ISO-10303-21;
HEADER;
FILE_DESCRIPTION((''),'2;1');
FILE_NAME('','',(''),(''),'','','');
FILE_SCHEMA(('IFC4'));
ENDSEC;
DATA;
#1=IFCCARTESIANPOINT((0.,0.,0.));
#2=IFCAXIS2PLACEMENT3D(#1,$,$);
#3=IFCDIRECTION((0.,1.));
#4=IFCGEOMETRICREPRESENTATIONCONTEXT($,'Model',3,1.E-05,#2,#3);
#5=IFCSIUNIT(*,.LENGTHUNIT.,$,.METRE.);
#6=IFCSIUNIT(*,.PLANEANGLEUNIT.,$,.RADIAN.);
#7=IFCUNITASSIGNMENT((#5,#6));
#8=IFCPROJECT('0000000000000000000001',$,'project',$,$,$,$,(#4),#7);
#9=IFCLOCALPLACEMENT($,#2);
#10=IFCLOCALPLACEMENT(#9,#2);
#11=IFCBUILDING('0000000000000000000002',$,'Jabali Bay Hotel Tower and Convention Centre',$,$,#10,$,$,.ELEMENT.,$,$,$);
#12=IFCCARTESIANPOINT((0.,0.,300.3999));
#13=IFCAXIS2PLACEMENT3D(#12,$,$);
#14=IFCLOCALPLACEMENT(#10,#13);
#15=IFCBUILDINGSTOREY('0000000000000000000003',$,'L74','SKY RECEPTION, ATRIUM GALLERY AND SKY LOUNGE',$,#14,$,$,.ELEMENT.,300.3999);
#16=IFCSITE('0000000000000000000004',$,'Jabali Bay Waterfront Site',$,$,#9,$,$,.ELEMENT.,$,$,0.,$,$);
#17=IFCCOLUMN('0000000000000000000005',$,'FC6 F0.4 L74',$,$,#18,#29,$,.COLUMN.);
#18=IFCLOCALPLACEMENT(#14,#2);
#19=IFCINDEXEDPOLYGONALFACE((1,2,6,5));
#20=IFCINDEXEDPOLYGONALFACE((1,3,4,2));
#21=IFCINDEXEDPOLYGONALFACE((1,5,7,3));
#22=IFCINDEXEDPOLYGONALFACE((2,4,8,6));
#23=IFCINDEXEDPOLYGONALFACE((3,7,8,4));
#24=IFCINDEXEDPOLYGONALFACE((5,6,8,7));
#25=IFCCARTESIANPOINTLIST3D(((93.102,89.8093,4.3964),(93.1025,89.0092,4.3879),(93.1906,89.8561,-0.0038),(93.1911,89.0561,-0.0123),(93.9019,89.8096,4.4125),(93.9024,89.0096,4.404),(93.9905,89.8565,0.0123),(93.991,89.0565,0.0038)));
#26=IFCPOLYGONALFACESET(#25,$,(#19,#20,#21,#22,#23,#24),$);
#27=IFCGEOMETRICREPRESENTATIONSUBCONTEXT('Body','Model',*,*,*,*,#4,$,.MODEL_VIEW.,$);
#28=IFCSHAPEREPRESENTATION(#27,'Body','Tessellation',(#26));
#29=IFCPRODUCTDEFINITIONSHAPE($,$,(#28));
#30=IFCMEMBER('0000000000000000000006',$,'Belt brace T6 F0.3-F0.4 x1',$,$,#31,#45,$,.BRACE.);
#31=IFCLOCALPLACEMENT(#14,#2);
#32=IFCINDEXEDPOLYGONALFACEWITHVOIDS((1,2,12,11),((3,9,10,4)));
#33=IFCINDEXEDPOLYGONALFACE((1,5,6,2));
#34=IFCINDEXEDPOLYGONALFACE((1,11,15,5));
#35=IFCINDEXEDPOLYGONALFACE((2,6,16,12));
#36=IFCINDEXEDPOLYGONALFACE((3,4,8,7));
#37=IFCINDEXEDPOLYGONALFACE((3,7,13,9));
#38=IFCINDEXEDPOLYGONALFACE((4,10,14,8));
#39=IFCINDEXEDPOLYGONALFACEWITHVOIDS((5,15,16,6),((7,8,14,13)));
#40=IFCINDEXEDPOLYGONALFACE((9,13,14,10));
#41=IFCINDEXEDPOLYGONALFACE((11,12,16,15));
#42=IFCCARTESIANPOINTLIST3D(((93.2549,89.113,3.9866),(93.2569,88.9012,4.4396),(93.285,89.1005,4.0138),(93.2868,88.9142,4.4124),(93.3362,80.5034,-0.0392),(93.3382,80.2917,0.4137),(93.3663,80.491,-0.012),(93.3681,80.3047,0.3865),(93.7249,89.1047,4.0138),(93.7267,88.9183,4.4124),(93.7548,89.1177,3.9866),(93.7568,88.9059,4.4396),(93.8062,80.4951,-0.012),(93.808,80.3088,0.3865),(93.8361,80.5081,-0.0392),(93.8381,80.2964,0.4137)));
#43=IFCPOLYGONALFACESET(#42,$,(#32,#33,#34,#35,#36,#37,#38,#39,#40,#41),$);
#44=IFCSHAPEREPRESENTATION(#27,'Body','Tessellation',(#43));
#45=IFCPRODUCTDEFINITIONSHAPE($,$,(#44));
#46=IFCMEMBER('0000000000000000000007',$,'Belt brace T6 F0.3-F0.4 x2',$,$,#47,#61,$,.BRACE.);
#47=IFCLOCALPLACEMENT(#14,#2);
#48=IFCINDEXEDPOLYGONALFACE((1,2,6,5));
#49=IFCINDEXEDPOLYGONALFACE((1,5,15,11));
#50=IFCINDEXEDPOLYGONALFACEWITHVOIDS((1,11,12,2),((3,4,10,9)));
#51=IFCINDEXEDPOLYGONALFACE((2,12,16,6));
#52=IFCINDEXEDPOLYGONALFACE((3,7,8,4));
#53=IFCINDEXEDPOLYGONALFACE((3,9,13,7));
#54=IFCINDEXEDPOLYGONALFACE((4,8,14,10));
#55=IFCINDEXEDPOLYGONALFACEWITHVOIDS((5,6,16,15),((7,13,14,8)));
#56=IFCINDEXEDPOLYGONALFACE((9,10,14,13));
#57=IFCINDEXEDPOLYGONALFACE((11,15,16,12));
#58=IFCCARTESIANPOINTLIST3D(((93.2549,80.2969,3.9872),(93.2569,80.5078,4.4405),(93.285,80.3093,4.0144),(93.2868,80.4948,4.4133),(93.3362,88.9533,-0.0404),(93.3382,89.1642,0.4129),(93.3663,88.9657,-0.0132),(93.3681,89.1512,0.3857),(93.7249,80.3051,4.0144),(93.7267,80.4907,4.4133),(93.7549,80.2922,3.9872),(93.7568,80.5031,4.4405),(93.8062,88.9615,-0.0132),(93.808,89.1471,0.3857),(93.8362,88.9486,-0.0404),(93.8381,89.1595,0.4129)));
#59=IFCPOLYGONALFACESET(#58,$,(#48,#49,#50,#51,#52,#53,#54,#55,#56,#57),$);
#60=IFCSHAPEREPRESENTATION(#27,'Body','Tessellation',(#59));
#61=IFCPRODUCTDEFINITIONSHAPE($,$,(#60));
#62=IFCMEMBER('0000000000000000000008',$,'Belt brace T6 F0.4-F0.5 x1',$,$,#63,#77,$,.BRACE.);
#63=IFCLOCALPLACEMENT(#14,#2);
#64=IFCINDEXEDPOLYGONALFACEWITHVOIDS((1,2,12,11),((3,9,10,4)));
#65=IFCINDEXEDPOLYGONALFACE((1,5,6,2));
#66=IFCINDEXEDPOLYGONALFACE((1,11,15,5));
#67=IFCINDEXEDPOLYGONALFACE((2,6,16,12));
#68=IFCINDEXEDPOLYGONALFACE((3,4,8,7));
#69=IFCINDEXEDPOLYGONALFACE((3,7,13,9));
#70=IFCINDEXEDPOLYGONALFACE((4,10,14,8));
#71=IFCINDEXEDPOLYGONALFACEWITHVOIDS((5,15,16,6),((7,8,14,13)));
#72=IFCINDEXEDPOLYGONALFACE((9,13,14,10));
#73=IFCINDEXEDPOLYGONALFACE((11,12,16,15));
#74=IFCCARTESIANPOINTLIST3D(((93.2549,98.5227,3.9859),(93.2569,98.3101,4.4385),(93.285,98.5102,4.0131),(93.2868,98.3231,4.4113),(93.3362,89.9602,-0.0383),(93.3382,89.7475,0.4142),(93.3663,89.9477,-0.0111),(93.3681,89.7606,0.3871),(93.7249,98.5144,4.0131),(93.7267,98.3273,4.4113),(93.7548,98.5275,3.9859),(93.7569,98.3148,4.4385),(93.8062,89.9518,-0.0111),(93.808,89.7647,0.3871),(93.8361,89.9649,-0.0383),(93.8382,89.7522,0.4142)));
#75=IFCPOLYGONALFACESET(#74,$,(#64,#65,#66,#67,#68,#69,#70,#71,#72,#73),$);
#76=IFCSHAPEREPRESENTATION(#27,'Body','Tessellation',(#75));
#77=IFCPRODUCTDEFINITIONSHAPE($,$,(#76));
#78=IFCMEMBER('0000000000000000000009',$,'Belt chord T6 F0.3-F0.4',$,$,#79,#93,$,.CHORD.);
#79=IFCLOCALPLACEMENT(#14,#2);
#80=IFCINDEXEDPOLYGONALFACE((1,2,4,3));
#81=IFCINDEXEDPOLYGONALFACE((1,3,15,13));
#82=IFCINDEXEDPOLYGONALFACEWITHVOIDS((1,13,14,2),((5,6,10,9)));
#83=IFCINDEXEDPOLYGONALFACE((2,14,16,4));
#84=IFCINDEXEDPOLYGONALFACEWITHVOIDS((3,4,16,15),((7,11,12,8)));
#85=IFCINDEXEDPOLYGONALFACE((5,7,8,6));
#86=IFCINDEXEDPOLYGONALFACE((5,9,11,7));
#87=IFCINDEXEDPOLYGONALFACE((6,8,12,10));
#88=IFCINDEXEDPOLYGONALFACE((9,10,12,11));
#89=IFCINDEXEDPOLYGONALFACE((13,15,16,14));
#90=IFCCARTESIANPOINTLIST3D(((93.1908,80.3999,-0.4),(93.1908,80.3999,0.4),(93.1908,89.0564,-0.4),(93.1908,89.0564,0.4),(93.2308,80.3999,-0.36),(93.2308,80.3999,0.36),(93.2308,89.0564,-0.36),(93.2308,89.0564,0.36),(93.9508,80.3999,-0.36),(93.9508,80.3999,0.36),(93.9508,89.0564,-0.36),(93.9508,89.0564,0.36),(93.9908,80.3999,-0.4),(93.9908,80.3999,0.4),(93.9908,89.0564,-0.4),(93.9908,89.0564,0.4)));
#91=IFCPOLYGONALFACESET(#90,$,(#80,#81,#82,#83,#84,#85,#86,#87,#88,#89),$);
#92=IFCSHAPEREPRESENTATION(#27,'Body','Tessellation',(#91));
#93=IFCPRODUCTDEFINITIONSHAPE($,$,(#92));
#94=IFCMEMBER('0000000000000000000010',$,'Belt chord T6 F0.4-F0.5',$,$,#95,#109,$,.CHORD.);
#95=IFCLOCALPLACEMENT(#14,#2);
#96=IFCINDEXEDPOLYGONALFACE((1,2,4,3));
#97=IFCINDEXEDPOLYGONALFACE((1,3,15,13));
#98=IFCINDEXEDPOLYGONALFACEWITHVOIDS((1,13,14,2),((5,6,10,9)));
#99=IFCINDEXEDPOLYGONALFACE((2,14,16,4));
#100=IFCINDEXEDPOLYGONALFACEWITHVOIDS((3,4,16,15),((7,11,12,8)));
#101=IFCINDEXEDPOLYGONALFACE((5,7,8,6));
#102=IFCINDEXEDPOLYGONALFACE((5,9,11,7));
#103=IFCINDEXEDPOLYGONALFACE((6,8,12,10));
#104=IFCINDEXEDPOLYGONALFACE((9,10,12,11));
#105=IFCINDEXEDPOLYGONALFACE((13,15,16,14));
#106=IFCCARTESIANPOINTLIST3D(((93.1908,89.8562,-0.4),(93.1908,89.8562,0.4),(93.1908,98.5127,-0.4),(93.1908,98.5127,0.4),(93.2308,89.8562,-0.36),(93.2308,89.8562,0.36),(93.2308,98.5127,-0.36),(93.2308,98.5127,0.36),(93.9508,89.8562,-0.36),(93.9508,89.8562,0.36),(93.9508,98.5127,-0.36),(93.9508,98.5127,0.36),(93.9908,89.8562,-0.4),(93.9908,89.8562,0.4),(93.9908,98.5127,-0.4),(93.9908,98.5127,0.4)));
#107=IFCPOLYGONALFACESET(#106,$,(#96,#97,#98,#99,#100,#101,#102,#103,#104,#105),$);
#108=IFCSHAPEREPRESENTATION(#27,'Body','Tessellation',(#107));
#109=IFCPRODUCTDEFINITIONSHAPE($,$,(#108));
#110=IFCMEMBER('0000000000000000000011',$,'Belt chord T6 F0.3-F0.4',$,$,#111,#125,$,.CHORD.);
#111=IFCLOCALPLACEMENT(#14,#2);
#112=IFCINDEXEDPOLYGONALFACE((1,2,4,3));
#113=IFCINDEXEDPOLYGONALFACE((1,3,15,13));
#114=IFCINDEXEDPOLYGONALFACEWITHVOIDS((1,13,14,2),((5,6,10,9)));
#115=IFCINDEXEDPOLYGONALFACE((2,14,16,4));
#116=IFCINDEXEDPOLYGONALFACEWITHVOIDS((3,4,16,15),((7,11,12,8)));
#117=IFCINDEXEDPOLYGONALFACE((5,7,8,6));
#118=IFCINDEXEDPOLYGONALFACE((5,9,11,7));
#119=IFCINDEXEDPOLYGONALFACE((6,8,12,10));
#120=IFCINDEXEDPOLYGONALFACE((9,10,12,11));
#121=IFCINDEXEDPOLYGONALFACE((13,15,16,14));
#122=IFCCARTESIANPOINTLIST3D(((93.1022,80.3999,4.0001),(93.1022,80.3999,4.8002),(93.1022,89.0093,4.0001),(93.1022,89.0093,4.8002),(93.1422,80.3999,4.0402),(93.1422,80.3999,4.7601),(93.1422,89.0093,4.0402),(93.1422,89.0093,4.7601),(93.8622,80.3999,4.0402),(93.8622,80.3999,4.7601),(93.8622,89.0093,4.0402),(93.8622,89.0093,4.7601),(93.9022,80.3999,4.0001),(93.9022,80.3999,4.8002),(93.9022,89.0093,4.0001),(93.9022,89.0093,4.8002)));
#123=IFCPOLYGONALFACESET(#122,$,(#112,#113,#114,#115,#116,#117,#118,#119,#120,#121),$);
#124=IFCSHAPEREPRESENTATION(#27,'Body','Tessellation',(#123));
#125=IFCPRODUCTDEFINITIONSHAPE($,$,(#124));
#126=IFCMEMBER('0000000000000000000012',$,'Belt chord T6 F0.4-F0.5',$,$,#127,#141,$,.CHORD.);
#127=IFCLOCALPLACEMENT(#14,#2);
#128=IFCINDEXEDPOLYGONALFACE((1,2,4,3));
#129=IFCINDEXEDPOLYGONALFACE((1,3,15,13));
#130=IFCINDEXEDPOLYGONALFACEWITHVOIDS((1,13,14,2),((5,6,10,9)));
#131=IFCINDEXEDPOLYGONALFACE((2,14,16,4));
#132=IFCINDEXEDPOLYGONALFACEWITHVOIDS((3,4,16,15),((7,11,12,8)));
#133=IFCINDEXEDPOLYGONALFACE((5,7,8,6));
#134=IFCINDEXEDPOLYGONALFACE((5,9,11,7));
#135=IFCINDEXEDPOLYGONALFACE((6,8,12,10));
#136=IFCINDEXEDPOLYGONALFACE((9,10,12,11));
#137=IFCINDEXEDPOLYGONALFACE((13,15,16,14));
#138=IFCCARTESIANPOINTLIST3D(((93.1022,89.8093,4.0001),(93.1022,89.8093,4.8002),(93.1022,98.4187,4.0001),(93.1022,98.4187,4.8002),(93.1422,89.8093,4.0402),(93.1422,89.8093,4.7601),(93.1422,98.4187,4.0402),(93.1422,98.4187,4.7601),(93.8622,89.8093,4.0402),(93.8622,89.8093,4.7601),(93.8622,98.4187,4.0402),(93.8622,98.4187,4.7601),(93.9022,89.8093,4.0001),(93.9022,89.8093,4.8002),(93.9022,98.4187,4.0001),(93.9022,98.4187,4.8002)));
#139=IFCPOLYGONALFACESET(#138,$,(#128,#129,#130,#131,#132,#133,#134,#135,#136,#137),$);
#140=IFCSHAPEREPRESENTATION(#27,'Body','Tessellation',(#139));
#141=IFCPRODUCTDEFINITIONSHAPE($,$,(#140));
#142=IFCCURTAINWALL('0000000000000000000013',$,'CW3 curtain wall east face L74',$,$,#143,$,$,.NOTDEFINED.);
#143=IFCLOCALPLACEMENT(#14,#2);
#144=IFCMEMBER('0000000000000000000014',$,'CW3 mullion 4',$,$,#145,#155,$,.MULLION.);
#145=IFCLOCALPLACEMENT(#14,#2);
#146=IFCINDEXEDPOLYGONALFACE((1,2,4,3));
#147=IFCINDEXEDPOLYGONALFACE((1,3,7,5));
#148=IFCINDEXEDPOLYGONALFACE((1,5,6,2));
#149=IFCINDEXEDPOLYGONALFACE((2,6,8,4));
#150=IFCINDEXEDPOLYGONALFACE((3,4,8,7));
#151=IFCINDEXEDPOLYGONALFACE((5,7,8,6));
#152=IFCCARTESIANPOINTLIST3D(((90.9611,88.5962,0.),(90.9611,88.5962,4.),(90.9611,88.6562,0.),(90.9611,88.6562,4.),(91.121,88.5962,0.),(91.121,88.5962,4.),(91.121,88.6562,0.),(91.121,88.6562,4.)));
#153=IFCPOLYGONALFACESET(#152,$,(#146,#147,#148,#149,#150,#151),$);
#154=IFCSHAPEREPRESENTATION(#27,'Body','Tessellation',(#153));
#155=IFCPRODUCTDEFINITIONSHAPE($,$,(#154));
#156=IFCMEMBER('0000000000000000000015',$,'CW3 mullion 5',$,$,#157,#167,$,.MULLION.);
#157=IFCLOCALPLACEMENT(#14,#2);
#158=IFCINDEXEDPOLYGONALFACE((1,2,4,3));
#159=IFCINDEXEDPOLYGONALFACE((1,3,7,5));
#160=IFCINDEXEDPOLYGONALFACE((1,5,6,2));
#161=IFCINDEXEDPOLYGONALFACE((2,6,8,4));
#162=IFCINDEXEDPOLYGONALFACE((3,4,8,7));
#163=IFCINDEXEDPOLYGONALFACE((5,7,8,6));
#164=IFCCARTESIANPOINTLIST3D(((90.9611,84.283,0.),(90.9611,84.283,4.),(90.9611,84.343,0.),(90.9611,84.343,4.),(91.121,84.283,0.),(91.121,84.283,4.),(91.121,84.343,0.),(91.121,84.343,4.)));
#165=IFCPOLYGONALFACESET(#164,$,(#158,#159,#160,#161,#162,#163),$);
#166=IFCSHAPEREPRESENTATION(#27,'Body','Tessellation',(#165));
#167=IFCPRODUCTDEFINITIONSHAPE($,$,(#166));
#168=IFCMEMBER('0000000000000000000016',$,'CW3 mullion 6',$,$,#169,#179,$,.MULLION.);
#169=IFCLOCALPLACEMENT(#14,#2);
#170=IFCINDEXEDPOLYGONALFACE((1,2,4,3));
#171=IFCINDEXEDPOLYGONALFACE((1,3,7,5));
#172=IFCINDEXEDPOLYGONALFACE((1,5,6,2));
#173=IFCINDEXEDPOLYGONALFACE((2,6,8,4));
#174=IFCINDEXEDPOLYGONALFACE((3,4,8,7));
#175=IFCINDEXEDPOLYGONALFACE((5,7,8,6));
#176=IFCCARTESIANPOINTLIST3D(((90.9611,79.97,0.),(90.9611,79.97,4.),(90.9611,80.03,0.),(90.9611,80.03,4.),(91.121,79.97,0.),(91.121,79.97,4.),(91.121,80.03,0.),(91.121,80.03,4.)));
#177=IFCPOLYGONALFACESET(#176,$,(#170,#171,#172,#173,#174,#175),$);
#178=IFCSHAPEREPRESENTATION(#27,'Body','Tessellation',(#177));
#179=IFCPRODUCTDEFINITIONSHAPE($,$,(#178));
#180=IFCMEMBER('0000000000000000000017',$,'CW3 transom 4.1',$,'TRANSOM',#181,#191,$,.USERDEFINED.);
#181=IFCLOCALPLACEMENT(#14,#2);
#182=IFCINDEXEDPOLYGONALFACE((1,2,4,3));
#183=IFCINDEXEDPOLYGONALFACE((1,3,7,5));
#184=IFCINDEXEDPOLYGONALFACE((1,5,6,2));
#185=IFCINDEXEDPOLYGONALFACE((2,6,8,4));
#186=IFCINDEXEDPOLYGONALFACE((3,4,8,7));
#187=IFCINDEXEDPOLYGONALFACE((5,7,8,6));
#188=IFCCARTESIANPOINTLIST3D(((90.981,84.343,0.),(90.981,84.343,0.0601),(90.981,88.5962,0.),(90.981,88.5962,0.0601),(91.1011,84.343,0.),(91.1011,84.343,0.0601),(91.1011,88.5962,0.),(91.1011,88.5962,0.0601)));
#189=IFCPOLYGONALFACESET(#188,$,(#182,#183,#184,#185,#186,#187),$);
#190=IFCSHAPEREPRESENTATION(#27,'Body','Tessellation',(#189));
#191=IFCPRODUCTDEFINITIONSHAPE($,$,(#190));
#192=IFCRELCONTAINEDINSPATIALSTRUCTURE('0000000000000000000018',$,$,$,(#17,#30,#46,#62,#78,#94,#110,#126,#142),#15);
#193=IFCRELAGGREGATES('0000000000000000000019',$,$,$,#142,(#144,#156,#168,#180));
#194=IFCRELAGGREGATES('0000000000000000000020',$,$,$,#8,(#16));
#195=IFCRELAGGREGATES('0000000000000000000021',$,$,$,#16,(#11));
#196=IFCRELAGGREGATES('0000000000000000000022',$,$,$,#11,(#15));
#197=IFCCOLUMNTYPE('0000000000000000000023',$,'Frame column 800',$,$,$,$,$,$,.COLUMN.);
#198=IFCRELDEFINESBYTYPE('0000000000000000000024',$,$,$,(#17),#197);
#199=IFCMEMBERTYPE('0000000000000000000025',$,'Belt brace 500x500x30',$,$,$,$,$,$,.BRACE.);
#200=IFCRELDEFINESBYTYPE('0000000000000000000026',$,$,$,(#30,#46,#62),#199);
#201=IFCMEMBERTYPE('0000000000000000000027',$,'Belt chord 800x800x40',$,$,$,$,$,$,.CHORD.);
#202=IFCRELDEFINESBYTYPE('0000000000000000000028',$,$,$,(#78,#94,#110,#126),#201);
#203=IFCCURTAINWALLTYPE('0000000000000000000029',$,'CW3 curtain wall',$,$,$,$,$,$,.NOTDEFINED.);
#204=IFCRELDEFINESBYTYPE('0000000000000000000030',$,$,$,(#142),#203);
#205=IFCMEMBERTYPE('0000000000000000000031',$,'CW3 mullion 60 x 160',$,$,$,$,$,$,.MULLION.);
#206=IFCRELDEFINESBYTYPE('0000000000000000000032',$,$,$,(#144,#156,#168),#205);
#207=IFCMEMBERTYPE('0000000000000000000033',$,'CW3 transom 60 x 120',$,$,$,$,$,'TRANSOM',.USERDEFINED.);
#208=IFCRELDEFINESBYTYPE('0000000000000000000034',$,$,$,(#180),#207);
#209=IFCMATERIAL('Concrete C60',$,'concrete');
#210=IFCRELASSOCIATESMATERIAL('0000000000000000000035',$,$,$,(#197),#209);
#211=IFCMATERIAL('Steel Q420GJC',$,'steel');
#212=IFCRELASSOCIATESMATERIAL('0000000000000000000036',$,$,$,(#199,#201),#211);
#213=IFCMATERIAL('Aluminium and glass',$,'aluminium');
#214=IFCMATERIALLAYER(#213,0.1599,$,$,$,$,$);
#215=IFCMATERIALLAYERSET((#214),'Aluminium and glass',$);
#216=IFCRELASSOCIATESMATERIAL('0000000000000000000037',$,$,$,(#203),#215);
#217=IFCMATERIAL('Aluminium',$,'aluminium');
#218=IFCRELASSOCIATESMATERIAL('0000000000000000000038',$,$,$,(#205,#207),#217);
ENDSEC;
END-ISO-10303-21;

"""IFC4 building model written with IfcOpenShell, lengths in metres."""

from ifc_helpers import new_model, si_unit, direction, frame, origin, origin_2d, place, context, subcontext, project, spatial, rectangle, hollow_rectangle, extrude, material, layer, layer_set, material_profile, profile_set, type_object, element, aggregate, save


model = new_model("IFC4")

# Units and contexts
model_context = context("Model", 3, precision=1e-05, world=origin(), true_north=direction((0.0, 1.0)))
body_context = subcontext(model_context, "Body", "Model", "MODEL_VIEW")
ifc_project = project(units=[si_unit("LENGTHUNIT", "METRE"), si_unit("PLANEANGLEUNIT", "RADIAN")], contexts=[model_context])

# Site, building, storey
site_placement = place(None, origin())
site = spatial("IfcSite", under=ifc_project, at=site_placement, Name="Jabali Bay Waterfront Site", CompositionType="ELEMENT", RefElevation=0.0)
building_placement = place(site_placement, origin())
building = spatial("IfcBuilding", under=site, at=building_placement, Name="Jabali Bay Hotel Tower and Convention Centre", CompositionType="ELEMENT")
storey_placement = place(building_placement, frame((0.0, 0.0, 300.3999)))
storey = spatial("IfcBuildingStorey", under=building, at=storey_placement, Name="L74", Description="SKY RECEPTION, ATRIUM GALLERY AND SKY LOUNGE", CompositionType="ELEMENT", Elevation=300.3999)

# Column
ifc_material_1 = material(Name="Concrete C60", Category="concrete")
ifc_material_profile_1 = material_profile(ifc_material_1, rectangle(XDim=0.8, YDim=0.8, at=origin_2d()), Name="Frame column 800")
ifc_profile_set_1 = profile_set([ifc_material_profile_1], Name="Concrete C60")
column_type = type_object("IfcColumnType", Name="Frame column 800", PredefinedType="COLUMN", material=ifc_profile_set_1)
column_placement = place(storey_placement, frame((93.5908, 89.4563, 0.0), z_axis=(-0.020136, -0.01065, 0.999741), x_axis=(0.999797, 0.000434, 0.020141)))
element("IfcColumn", 1, at=column_placement, inside=storey, type_object=column_type, Name="FC6 F0.4 L74", PredefinedType="COLUMN", context=body_context, shape_type="SweptSolid", body=[
    extrude(rectangle(XDim=0.8, YDim=0.8, at=origin_2d()), origin(), (0.0, 0.0, 1.0), 4.4014),
])

# Members
ifc_material_2 = material(Name="Steel Q420GJC", Category="steel")
ifc_material_profile_2 = material_profile(ifc_material_2, hollow_rectangle(XDim=0.5, YDim=0.5, WallThickness=0.03, at=origin_2d()), Name="Belt brace 500x500x30")
ifc_profile_set_2 = profile_set([ifc_material_profile_2], Name="Steel Q420GJC")
member_type_1 = type_object("IfcMemberType", Name="Belt brace 500x500x30", PredefinedType="BRACE", material=ifc_profile_set_2)
member_1_placement = place(storey_placement, frame((93.5872, 80.3999, 0.1873), z_axis=(-0.008554, 0.905825, 0.423566), x_axis=(-0.999955, -0.009442, 0.0)))
element("IfcMember", 2, at=member_1_placement, inside=storey, type_object=member_type_1, Name="Belt brace T6 F0.3-F0.4 x1", PredefinedType="BRACE", context=body_context, shape_type="SweptSolid", body=[
    extrude(hollow_rectangle(XDim=0.5, YDim=0.5, WallThickness=0.03, at=origin_2d()), origin(), (0.0, 0.0, 1.0), 9.5046),
])
member_2_placement = place(storey_placement, frame((93.5872, 89.0564, 0.1863), z_axis=(-0.008515, -0.906636, 0.421828), x_axis=(0.999956, -0.009391, 0.0)))
element("IfcMember", 3, at=member_2_placement, inside=storey, type_object=member_type_1, Name="Belt brace T6 F0.3-F0.4 x2", PredefinedType="BRACE", context=body_context, shape_type="SweptSolid", body=[
    extrude(hollow_rectangle(XDim=0.5, YDim=0.5, WallThickness=0.03, at=origin_2d()), origin(), (0.0, 0.0, 1.0), 9.5479),
])
member_3_placement = place(storey_placement, frame((93.5872, 89.8562, 0.188), z_axis=(-0.008593, 0.904999, 0.425328), x_axis=(-0.999955, -0.009494, 0.0)))
element("IfcMember", 4, at=member_3_placement, inside=storey, type_object=member_type_1, Name="Belt brace T6 F0.4-F0.5 x1", PredefinedType="BRACE", context=body_context, shape_type="SweptSolid", body=[
    extrude(hollow_rectangle(XDim=0.5, YDim=0.5, WallThickness=0.03, at=origin_2d()), origin(), (0.0, 0.0, 1.0), 9.4614),
])
ifc_material_profile_3 = material_profile(ifc_material_2, hollow_rectangle(XDim=0.8, YDim=0.8, WallThickness=0.04, at=origin_2d()), Name="Belt chord 800x800x40")
ifc_profile_set_3 = profile_set([ifc_material_profile_3], Name="Steel Q420GJC")
member_type_2 = type_object("IfcMemberType", Name="Belt chord 800x800x40", PredefinedType="CHORD", material=ifc_profile_set_3)
for number, where, z_axis, x_axis, name in (
    (5, (93.5908, 80.3999, 0.0), (0.0, 1.0, 0.0), (-1.0, 0.0, 0.0), "Belt chord T6 F0.3-F0.4"),
    (6, (93.5908, 89.8562, 0.0), (0.0, 1.0, 0.0), (-1.0, 0.0, 0.0), "Belt chord T6 F0.4-F0.5"),
):
    element("IfcMember", number, at=place(storey_placement, frame(where, z_axis=z_axis, x_axis=x_axis)), inside=storey, type_object=member_type_2, Name=name, PredefinedType="CHORD", context=body_context, shape_type="SweptSolid", body=[
        extrude(hollow_rectangle(XDim=0.8, YDim=0.8, WallThickness=0.04, at=origin_2d()), origin(), (0.0, 0.0, 1.0), 8.6565),
    ])
for number, where, z_axis, x_axis, name in (
    (7, (93.5022, 80.3999, 4.4001), (0.0, 1.0, 0.0), (-1.0, 0.0, 0.0), "Belt chord T6 F0.3-F0.4"),
    (8, (93.5022, 89.8093, 4.4001), (0.0, 1.0, 0.0), (-1.0, 0.0, 0.0), "Belt chord T6 F0.4-F0.5"),
):
    element("IfcMember", number, at=place(storey_placement, frame(where, z_axis=z_axis, x_axis=x_axis)), inside=storey, type_object=member_type_2, Name=name, PredefinedType="CHORD", context=body_context, shape_type="SweptSolid", body=[
        extrude(hollow_rectangle(XDim=0.8, YDim=0.8, WallThickness=0.04, at=origin_2d()), origin(), (0.0, 0.0, 1.0), 8.6094),
    ])

# Curtain wall, members
ifc_material_3 = material(Name="Aluminium and glass", Category="aluminium")
ifc_layer_1 = layer(ifc_material_3, 0.1599)
ifc_layer_set_1 = layer_set([ifc_layer_1], Name="Aluminium and glass")
curtain_wall_type = type_object("IfcCurtainWallType", Name="CW3 curtain wall", PredefinedType="NOTDEFINED", material=ifc_layer_set_1)
curtain_wall_placement = place(storey_placement, origin())
curtain_wall = element("IfcCurtainWall", 9, at=curtain_wall_placement, inside=storey, type_object=curtain_wall_type, Name="CW3 curtain wall east face L74", PredefinedType="NOTDEFINED")
ifc_material_4 = material(Name="Aluminium", Category="aluminium")
ifc_material_profile_4 = material_profile(ifc_material_4, rectangle(XDim=0.1599, YDim=0.0601, at=origin_2d()), Name="CW3 mullion 60 x 160")
ifc_profile_set_4 = profile_set([ifc_material_profile_4], Name="Aluminium")
member_type_3 = type_object("IfcMemberType", Name="CW3 mullion 60 x 160", PredefinedType="MULLION", material=ifc_profile_set_4)
member_4_placement = place(storey_placement, frame((91.041, 88.6262, 0.0), z_axis=(0.0, 0.0, 1.0), x_axis=(1.0, 0.0, 0.0)))
member_4 = element("IfcMember", 10, at=member_4_placement, type_object=member_type_3, Name="CW3 mullion 4", PredefinedType="MULLION", context=body_context, shape_type="SweptSolid", body=[
    extrude(rectangle(XDim=0.1599, YDim=0.0601, at=origin_2d()), origin(), (0.0, 0.0, 1.0), 4.0),
])
member_5_placement = place(storey_placement, frame((91.041, 84.313, 0.0), z_axis=(0.0, 0.0, 1.0), x_axis=(1.0, 0.0, 0.0)))
member_5 = element("IfcMember", 11, at=member_5_placement, type_object=member_type_3, Name="CW3 mullion 5", PredefinedType="MULLION", context=body_context, shape_type="SweptSolid", body=[
    extrude(rectangle(XDim=0.1599, YDim=0.0601, at=origin_2d()), origin(), (0.0, 0.0, 1.0), 4.0),
])
member_6_placement = place(storey_placement, frame((91.041, 80.0, 0.0), z_axis=(0.0, 0.0, 1.0), x_axis=(1.0, 0.0, 0.0)))
member_6 = element("IfcMember", 12, at=member_6_placement, type_object=member_type_3, Name="CW3 mullion 6", PredefinedType="MULLION", context=body_context, shape_type="SweptSolid", body=[
    extrude(rectangle(XDim=0.1599, YDim=0.0601, at=origin_2d()), origin(), (0.0, 0.0, 1.0), 4.0),
])
ifc_material_profile_5 = material_profile(ifc_material_4, rectangle(XDim=0.1201, YDim=0.0601, at=origin_2d()), Name="CW3 transom 60 x 120")
ifc_profile_set_5 = profile_set([ifc_material_profile_5], Name="Aluminium")
member_type_4 = type_object("IfcMemberType", Name="CW3 transom 60 x 120", ElementType="TRANSOM", PredefinedType="USERDEFINED", material=ifc_profile_set_5)
member_7_placement = place(storey_placement, frame((91.041, 88.5962, 0.03), z_axis=(0.0, -1.0, 0.0), x_axis=(1.0, 0.0, 0.0)))
member_7 = element("IfcMember", 13, at=member_7_placement, type_object=member_type_4, Name="CW3 transom 4.1", ObjectType="TRANSOM", PredefinedType="USERDEFINED", context=body_context, shape_type="SweptSolid", body=[
    extrude(rectangle(XDim=0.1201, YDim=0.0601, at=origin_2d()), origin(), (0.0, 0.0, 1.0), 4.2532),
])
aggregate(curtain_wall, [member_4, member_5, member_6, member_7])

save(model, "model.ifc")
